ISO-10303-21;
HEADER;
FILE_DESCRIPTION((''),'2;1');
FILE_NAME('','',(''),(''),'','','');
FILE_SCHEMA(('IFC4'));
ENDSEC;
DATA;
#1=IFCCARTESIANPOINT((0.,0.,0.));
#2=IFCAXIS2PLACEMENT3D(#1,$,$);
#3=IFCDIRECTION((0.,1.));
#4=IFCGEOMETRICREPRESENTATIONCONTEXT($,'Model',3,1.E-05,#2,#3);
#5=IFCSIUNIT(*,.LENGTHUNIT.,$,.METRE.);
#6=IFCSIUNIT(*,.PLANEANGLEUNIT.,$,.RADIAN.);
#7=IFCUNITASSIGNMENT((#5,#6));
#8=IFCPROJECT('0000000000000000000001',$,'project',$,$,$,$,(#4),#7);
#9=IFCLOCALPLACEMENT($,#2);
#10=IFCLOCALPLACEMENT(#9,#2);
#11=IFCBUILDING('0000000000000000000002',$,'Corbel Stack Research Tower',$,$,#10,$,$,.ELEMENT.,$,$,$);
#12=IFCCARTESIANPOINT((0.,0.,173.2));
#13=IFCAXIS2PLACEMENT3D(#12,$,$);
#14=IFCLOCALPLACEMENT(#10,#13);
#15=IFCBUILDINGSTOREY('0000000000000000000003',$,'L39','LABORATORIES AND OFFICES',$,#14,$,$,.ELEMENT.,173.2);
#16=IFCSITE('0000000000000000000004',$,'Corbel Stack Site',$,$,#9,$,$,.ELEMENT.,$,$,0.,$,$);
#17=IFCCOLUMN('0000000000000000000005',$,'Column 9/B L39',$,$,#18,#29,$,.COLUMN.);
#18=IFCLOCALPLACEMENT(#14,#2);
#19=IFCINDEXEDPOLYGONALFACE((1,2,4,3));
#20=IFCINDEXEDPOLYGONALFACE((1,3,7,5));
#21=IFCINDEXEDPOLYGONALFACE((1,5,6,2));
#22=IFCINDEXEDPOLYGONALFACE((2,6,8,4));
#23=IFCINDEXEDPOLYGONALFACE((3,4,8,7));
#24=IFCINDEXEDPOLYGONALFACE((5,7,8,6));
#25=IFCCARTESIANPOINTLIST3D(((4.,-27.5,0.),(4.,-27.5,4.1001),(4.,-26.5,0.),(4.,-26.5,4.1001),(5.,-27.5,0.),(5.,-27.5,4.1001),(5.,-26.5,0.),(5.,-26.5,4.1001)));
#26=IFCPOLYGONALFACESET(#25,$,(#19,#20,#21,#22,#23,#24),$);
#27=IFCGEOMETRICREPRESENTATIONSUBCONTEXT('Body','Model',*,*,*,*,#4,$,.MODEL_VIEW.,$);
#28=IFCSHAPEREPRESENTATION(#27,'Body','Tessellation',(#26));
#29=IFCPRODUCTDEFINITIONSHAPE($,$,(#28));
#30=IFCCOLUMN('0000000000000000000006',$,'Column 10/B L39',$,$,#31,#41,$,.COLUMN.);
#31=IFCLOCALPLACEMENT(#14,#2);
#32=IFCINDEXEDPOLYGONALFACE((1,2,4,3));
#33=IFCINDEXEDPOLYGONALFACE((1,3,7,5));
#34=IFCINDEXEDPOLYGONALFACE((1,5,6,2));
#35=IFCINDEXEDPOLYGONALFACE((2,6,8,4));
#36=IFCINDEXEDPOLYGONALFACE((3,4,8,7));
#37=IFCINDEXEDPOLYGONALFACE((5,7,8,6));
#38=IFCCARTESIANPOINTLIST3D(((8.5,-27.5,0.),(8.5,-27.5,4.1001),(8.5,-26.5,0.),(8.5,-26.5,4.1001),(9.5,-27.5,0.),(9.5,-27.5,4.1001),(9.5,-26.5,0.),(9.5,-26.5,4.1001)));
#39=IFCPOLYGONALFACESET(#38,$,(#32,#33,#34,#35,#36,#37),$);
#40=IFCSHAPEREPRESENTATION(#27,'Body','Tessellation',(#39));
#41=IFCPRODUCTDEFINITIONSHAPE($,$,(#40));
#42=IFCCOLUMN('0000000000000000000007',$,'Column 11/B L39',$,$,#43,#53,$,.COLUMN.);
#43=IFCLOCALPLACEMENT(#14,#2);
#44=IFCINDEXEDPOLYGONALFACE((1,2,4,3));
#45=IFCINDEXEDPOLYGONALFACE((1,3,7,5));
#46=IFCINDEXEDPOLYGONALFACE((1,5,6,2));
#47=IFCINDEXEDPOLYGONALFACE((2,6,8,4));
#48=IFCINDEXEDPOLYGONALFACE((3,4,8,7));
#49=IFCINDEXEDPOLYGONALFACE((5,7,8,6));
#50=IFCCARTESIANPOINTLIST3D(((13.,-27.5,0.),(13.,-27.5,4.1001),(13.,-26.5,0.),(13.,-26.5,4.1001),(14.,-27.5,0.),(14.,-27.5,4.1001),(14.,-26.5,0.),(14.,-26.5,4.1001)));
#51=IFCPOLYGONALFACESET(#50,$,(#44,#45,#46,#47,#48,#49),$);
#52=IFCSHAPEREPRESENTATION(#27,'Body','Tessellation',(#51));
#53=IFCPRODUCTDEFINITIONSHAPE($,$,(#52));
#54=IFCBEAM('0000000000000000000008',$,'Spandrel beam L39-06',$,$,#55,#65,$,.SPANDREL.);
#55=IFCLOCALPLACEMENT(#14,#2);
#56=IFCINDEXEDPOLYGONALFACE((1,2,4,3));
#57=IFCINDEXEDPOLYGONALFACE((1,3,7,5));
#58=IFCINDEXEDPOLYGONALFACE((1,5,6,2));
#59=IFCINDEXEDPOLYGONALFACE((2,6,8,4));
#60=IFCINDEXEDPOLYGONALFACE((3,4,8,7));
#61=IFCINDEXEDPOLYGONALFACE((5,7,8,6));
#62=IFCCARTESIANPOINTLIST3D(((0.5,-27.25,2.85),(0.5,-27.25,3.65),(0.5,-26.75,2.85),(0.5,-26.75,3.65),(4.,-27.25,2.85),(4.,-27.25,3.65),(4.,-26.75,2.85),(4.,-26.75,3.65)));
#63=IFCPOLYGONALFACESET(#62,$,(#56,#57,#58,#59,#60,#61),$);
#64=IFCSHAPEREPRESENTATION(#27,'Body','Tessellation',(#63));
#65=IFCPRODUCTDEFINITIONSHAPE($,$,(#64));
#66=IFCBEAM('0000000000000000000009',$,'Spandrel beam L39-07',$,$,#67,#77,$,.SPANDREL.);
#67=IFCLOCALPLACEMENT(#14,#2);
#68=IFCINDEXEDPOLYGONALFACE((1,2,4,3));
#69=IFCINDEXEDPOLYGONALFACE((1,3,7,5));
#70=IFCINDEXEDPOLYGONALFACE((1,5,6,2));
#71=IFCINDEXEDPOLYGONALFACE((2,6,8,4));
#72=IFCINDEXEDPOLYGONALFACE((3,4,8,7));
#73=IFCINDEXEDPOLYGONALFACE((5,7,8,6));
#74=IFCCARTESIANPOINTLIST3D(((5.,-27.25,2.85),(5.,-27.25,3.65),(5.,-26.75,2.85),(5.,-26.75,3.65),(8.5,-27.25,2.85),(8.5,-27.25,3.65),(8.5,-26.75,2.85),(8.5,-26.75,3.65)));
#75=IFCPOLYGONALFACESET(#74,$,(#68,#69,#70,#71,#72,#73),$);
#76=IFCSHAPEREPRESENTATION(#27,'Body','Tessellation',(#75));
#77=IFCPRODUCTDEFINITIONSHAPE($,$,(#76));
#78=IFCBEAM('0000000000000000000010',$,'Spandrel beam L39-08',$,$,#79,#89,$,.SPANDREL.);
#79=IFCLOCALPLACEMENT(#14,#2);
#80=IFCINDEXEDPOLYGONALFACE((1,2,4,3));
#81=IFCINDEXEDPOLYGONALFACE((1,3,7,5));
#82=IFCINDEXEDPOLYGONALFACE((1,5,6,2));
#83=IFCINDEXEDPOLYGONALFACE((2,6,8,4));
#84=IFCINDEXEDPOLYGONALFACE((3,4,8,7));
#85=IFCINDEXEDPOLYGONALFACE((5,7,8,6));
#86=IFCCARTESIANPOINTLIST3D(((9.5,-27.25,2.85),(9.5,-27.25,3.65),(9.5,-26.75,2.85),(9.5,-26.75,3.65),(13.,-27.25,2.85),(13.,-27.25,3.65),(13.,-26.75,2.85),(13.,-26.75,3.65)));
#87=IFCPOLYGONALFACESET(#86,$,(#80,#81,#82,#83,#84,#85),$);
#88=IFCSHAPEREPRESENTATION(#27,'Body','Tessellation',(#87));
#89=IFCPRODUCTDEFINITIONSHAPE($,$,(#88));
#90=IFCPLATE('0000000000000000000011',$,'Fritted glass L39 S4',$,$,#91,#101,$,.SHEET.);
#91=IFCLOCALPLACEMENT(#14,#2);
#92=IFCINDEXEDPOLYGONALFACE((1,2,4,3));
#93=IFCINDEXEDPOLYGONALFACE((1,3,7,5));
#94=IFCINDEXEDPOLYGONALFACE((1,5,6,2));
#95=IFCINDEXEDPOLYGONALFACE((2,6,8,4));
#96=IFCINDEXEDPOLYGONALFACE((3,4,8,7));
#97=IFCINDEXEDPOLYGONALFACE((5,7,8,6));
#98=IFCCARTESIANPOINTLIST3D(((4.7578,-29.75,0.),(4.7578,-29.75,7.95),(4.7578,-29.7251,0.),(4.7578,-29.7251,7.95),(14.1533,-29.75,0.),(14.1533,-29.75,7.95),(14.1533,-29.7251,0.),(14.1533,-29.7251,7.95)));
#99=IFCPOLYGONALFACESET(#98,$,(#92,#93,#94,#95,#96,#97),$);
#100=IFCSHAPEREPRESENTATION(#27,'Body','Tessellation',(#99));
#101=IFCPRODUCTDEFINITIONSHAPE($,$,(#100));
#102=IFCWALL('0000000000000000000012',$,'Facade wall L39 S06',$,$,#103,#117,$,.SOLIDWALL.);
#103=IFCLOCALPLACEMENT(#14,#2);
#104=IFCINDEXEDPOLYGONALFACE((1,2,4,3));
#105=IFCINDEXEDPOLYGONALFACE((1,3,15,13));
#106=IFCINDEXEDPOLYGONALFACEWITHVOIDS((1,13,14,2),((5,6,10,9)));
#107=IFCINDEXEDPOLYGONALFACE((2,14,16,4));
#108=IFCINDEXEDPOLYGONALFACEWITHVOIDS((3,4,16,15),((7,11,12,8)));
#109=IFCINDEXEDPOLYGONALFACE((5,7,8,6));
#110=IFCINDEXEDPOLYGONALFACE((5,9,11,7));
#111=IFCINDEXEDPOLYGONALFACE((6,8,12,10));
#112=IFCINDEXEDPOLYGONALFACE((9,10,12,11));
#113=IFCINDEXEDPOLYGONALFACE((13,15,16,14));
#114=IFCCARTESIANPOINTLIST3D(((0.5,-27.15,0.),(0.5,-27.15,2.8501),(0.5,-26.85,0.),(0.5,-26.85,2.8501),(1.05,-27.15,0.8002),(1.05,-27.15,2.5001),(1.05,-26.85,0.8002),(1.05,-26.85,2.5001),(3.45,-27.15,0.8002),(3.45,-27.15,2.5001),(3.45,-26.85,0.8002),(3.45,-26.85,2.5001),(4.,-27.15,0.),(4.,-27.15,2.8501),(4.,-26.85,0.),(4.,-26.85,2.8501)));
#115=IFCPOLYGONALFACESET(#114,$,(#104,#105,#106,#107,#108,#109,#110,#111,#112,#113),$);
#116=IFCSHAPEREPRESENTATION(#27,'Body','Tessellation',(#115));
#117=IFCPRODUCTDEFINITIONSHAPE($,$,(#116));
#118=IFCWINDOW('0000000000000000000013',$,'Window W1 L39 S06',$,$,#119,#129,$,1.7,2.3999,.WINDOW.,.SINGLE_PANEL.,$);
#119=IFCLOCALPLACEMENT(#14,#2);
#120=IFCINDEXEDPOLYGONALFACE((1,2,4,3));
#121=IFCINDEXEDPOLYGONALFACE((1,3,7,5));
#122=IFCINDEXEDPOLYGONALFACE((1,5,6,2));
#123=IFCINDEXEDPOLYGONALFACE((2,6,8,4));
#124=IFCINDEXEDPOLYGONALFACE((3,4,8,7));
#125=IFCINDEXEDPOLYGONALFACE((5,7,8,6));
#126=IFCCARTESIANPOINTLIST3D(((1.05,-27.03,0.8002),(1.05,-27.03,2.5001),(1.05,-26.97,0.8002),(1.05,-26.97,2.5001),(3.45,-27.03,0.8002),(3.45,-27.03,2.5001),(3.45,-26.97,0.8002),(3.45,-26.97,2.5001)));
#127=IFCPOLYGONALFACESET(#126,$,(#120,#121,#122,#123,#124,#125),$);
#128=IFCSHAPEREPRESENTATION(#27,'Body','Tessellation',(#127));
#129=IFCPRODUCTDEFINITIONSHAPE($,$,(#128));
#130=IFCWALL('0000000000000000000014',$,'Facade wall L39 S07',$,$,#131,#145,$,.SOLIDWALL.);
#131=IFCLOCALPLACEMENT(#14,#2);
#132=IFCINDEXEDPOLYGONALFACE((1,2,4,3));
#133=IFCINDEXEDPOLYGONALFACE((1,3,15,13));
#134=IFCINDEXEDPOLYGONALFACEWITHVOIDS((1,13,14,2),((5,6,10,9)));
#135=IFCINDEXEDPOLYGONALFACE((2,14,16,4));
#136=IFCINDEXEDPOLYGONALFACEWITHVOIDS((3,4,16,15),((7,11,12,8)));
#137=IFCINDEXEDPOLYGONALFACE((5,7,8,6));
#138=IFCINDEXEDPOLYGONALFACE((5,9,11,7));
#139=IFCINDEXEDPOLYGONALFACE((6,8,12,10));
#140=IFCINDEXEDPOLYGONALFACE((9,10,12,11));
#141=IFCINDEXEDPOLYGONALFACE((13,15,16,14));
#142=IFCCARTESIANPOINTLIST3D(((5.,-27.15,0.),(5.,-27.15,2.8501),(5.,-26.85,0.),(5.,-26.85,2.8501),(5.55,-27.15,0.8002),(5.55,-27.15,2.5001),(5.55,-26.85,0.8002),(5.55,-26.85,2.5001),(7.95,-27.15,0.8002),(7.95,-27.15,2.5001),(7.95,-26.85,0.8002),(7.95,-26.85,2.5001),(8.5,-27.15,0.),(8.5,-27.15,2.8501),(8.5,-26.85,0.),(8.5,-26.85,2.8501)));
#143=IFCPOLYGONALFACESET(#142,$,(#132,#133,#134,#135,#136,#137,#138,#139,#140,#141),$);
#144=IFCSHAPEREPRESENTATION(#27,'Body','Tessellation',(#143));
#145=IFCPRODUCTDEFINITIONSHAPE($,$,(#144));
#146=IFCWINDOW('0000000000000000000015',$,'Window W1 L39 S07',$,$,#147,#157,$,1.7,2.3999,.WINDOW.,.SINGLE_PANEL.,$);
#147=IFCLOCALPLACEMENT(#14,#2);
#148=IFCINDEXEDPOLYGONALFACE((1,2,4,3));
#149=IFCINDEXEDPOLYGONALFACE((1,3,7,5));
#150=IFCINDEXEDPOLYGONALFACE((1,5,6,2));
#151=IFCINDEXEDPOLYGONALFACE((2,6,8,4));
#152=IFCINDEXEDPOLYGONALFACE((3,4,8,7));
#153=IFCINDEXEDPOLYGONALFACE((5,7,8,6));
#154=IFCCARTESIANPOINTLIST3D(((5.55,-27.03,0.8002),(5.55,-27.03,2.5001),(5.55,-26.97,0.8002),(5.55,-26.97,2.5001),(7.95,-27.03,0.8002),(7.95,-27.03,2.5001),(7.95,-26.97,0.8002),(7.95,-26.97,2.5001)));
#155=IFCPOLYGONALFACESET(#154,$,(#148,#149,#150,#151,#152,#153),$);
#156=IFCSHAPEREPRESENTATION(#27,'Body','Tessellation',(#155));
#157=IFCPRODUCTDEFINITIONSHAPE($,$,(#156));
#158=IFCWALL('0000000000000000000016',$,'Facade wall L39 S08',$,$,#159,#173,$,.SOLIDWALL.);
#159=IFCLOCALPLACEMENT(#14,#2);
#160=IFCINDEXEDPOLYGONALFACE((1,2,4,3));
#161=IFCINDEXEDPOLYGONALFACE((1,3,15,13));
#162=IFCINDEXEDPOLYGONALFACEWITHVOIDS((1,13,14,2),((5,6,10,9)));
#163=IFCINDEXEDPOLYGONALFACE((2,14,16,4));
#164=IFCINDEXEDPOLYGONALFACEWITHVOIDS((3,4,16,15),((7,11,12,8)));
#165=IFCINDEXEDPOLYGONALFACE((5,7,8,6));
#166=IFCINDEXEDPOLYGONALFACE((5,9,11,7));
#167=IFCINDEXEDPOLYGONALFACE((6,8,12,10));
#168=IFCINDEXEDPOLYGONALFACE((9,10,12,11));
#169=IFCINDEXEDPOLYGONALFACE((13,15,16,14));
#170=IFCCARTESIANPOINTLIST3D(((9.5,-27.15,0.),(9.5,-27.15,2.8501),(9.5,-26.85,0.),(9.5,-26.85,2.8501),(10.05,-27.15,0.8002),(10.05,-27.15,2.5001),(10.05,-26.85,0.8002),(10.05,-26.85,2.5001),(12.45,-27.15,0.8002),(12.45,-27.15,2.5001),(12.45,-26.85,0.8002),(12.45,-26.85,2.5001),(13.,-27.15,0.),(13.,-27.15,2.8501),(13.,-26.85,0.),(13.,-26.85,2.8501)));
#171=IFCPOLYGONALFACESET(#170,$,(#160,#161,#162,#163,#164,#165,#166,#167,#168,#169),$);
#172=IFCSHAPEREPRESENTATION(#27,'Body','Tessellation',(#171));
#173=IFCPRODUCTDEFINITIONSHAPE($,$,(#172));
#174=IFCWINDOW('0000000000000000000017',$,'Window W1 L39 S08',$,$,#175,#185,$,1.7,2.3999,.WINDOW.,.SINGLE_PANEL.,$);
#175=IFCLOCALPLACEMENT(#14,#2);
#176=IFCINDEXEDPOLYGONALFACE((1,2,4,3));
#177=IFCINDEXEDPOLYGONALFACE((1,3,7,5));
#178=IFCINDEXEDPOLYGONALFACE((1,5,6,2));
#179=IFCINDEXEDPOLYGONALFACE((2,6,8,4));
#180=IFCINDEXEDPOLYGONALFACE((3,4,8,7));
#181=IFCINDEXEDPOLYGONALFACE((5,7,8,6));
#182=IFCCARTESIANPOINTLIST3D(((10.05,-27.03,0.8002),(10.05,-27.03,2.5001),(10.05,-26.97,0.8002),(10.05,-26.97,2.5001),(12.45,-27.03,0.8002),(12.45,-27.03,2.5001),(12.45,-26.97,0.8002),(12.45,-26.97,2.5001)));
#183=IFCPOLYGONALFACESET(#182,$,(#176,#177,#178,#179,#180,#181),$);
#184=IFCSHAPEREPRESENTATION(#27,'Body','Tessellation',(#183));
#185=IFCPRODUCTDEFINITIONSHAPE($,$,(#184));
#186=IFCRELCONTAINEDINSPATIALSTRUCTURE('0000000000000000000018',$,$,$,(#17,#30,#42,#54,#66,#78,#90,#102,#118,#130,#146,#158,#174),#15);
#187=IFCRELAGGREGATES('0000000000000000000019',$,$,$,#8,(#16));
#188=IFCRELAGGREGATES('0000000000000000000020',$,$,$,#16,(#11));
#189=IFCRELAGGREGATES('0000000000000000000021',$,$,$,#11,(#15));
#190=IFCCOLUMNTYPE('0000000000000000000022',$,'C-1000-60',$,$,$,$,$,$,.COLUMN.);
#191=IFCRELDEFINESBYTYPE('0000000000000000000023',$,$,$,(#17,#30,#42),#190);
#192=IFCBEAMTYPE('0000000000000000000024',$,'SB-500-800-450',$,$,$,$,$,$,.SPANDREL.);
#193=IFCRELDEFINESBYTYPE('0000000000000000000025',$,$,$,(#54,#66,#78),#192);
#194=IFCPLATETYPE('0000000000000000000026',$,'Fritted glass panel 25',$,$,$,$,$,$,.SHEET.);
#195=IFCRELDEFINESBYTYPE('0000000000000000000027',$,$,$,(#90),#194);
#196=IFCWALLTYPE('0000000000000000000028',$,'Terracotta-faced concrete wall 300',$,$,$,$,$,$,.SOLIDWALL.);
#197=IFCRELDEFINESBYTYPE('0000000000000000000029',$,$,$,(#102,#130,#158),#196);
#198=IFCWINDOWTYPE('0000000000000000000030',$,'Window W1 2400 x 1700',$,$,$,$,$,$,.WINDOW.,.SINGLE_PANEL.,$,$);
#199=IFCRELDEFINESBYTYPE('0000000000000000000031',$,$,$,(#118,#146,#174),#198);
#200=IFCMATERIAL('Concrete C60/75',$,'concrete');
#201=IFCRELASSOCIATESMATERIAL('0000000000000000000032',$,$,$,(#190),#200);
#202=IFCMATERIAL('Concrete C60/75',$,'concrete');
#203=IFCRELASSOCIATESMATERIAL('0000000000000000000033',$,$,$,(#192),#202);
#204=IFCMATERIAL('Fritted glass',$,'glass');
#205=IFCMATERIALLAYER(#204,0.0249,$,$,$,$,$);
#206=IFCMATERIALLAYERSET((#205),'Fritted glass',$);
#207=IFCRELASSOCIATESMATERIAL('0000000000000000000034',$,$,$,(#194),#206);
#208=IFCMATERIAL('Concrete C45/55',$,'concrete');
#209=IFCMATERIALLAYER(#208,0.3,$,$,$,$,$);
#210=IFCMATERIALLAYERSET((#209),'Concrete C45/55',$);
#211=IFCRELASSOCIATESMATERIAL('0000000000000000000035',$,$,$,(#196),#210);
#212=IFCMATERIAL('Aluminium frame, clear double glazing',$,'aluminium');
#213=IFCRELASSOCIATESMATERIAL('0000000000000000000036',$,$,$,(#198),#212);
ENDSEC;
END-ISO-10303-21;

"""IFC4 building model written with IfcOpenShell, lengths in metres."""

from ifc_helpers import new_model, si_unit, direction, frame, frame_2d, origin, origin_2d, place, context, subcontext, project, spatial, rectangle, extrude, material, layer, layer_set, material_profile, profile_set, type_object, element, fill, save


model = new_model("IFC4")

# Units and contexts
model_context = context("Model", 3, precision=1e-05, world=origin(), true_north=direction((0.0, 1.0)))
body_context = subcontext(model_context, "Body", "Model", "MODEL_VIEW")
ifc_project = project(units=[si_unit("LENGTHUNIT", "METRE"), si_unit("PLANEANGLEUNIT", "RADIAN")], contexts=[model_context])

# Site, building, storey
site_placement = place(None, origin())
site = spatial("IfcSite", under=ifc_project, at=site_placement, Name="Corbel Stack Site", CompositionType="ELEMENT", RefElevation=0.0)
building_placement = place(site_placement, origin())
building = spatial("IfcBuilding", under=site, at=building_placement, Name="Corbel Stack Research Tower", CompositionType="ELEMENT")
storey_placement = place(building_placement, frame((0.0, 0.0, 173.2)))
storey = spatial("IfcBuildingStorey", under=building, at=storey_placement, Name="L39", Description="LABORATORIES AND OFFICES", CompositionType="ELEMENT", Elevation=173.2)

# Columns
ifc_material_1 = material(Name="Concrete C60/75", Category="concrete")
ifc_material_profile_1 = material_profile(ifc_material_1, rectangle(XDim=1.0, YDim=1.0, at=origin_2d()), Name="RC 1000 x 1000")
ifc_profile_set_1 = profile_set([ifc_material_profile_1], Name="Concrete C60/75")
column_type = type_object("IfcColumnType", Name="C-1000-60", PredefinedType="COLUMN", material=ifc_profile_set_1)
for number, where, z_axis, x_axis, name in (
    (1, (4.5, -27.0, 0.0), (0.0, 0.0, 1.0), (1.0, 0.0, 0.0), "Column 9/B L39"),
    (2, (9.0, -27.0, 0.0), (0.0, 0.0, 1.0), (1.0, 0.0, 0.0), "Column 10/B L39"),
    (3, (13.5, -27.0, 0.0), (0.0, 0.0, 1.0), (1.0, 0.0, 0.0), "Column 11/B L39"),
):
    element("IfcColumn", number, at=place(storey_placement, frame(where, z_axis=z_axis, x_axis=x_axis)), inside=storey, type_object=column_type, Name=name, PredefinedType="COLUMN", context=body_context, shape_type="SweptSolid", body=[
        extrude(rectangle(XDim=1.0, YDim=1.0, at=origin_2d()), origin(), (0.0, 0.0, 1.0), 4.1001),
    ])

# Beams
ifc_material_2 = material(Name="Concrete C60/75", Category="concrete")
ifc_material_profile_2 = material_profile(ifc_material_2, rectangle(XDim=0.5, YDim=0.8, at=origin_2d()), Name="RC 500 x 800")
ifc_profile_set_2 = profile_set([ifc_material_profile_2], Name="Concrete C60/75")
beam_type = type_object("IfcBeamType", Name="SB-500-800-450", PredefinedType="SPANDREL", material=ifc_profile_set_2)
for number, where, z_axis, x_axis, name in (
    (4, (0.5, -27.0, 3.25), (1.0, 0.0, 0.0), (0.0, 1.0, 0.0), "Spandrel beam L39-06"),
    (5, (5.0, -27.0, 3.25), (1.0, 0.0, 0.0), (0.0, 1.0, 0.0), "Spandrel beam L39-07"),
    (6, (9.5, -27.0, 3.25), (1.0, 0.0, 0.0), (0.0, 1.0, 0.0), "Spandrel beam L39-08"),
):
    element("IfcBeam", number, at=place(storey_placement, frame(where, z_axis=z_axis, x_axis=x_axis)), inside=storey, type_object=beam_type, Name=name, PredefinedType="SPANDREL", context=body_context, shape_type="SweptSolid", body=[
        extrude(rectangle(XDim=0.5, YDim=0.8, at=origin_2d()), origin(), (0.0, 0.0, 1.0), 3.5),
    ])

# Plate
ifc_material_3 = material(Name="Fritted glass", Category="glass")
ifc_layer_1 = layer(ifc_material_3, 0.0249)
ifc_layer_set_1 = layer_set([ifc_layer_1], Name="Fritted glass")
plate_type = type_object("IfcPlateType", Name="Fritted glass panel 25", PredefinedType="SHEET", material=ifc_layer_set_1)
plate_placement = place(storey_placement, frame((9.4556, -29.7375, 0.0), z_axis=(0.0, 0.0, 1.0), x_axis=(1.0, 0.0, 0.0)))
element("IfcPlate", 7, at=plate_placement, inside=storey, type_object=plate_type, Name="Fritted glass L39 S4", PredefinedType="SHEET", context=body_context, shape_type="SweptSolid", body=[
    extrude(rectangle(XDim=9.3955, YDim=0.0249, at=origin_2d()), origin(), (0.0, 0.0, 1.0), 7.95),
])

# Walls, openings, windows
ifc_material_4 = material(Name="Concrete C45/55", Category="concrete")
ifc_layer_2 = layer(ifc_material_4, 0.3)
ifc_layer_set_2 = layer_set([ifc_layer_2], Name="Concrete C45/55")
wall_type = type_object("IfcWallType", Name="Terracotta-faced concrete wall 300", PredefinedType="SOLIDWALL", material=ifc_layer_set_2)
wall_1_placement = place(storey_placement, frame((4.0, -27.0, 0.0), z_axis=(0.0, 0.0, 1.0), x_axis=(-1.0, 0.0, 0.0)))
wall_1 = element("IfcWall", 8, at=wall_1_placement, inside=storey, type_object=wall_type, Name="Facade wall L39 S06", PredefinedType="SOLIDWALL", context=body_context, shape_type="SweptSolid", body=[
    extrude(rectangle(XDim=3.5, YDim=0.3, at=frame_2d((1.75, 0.0))), origin(), (0.0, 0.0, 1.0), 2.8501),
])
opening_1_placement = place(wall_1_placement, frame((0.55, 0.0, 0.8)))
opening_1 = element("IfcOpeningElement", 9, at=opening_1_placement, cuts=wall_1, PredefinedType="OPENING", context=body_context, shape_type="SweptSolid", body=[
    extrude(rectangle(XDim=2.3999, YDim=1.7, at=frame_2d((1.2, 0.8501))), frame((0.0, 0.1599, 0.0), z_axis=(0.0, -1.0, 0.0), x_axis=(1.0, 0.0, 0.0)), (0.0, 0.0, 1.0), 0.3201),
])
ifc_material_5 = material(Name="Aluminium frame, clear double glazing", Category="aluminium")
window_type = type_object("IfcWindowType", Name="Window W1 2400 x 1700", PartitioningType="SINGLE_PANEL", PredefinedType="WINDOW", material=ifc_material_5)
window_1_placement = place(opening_1_placement, origin())
window_1 = element("IfcWindow", 10, at=window_1_placement, inside=storey, type_object=window_type, Name="Window W1 L39 S06", OverallHeight=1.7, OverallWidth=2.3999, PartitioningType="SINGLE_PANEL", PredefinedType="WINDOW", context=body_context, shape_type="SweptSolid", body=[
    extrude(rectangle(XDim=2.3999, YDim=1.7, at=frame_2d((1.2, 0.8501))), frame((0.0, 0.03, 0.0), z_axis=(0.0, -1.0, 0.0), x_axis=(1.0, 0.0, 0.0)), (0.0, 0.0, 1.0), 0.0601),
])
fill(opening_1, window_1)
wall_2_placement = place(storey_placement, frame((8.5, -27.0, 0.0), z_axis=(0.0, 0.0, 1.0), x_axis=(-1.0, 0.0, 0.0)))
wall_2 = element("IfcWall", 11, at=wall_2_placement, inside=storey, type_object=wall_type, Name="Facade wall L39 S07", PredefinedType="SOLIDWALL", context=body_context, shape_type="SweptSolid", body=[
    extrude(rectangle(XDim=3.5, YDim=0.3, at=frame_2d((1.75, 0.0))), origin(), (0.0, 0.0, 1.0), 2.8501),
])
opening_2_placement = place(wall_2_placement, frame((0.55, 0.0, 0.8)))
opening_2 = element("IfcOpeningElement", 12, at=opening_2_placement, cuts=wall_2, PredefinedType="OPENING", context=body_context, shape_type="SweptSolid", body=[
    extrude(rectangle(XDim=2.3999, YDim=1.7, at=frame_2d((1.2, 0.8501))), frame((0.0, 0.1599, 0.0), z_axis=(0.0, -1.0, 0.0), x_axis=(1.0, 0.0, 0.0)), (0.0, 0.0, 1.0), 0.3201),
])
window_2_placement = place(opening_2_placement, origin())
window_2 = element("IfcWindow", 13, at=window_2_placement, inside=storey, type_object=window_type, Name="Window W1 L39 S07", OverallHeight=1.7, OverallWidth=2.3999, PartitioningType="SINGLE_PANEL", PredefinedType="WINDOW", context=body_context, shape_type="SweptSolid", body=[
    extrude(rectangle(XDim=2.3999, YDim=1.7, at=frame_2d((1.2, 0.8501))), frame((0.0, 0.03, 0.0), z_axis=(0.0, -1.0, 0.0), x_axis=(1.0, 0.0, 0.0)), (0.0, 0.0, 1.0), 0.0601),
])
fill(opening_2, window_2)
wall_3_placement = place(storey_placement, frame((13.0, -27.0, 0.0), z_axis=(0.0, 0.0, 1.0), x_axis=(-1.0, 0.0, 0.0)))
wall_3 = element("IfcWall", 14, at=wall_3_placement, inside=storey, type_object=wall_type, Name="Facade wall L39 S08", PredefinedType="SOLIDWALL", context=body_context, shape_type="SweptSolid", body=[
    extrude(rectangle(XDim=3.5, YDim=0.3, at=frame_2d((1.75, 0.0))), origin(), (0.0, 0.0, 1.0), 2.8501),
])
opening_3_placement = place(wall_3_placement, frame((0.55, 0.0, 0.8)))
opening_3 = element("IfcOpeningElement", 15, at=opening_3_placement, cuts=wall_3, PredefinedType="OPENING", context=body_context, shape_type="SweptSolid", body=[
    extrude(rectangle(XDim=2.3999, YDim=1.7, at=frame_2d((1.2, 0.8501))), frame((0.0, 0.1599, 0.0), z_axis=(0.0, -1.0, 0.0), x_axis=(1.0, 0.0, 0.0)), (0.0, 0.0, 1.0), 0.3201),
])
window_3_placement = place(opening_3_placement, origin())
window_3 = element("IfcWindow", 16, at=window_3_placement, inside=storey, type_object=window_type, Name="Window W1 L39 S08", OverallHeight=1.7, OverallWidth=2.3999, PartitioningType="SINGLE_PANEL", PredefinedType="WINDOW", context=body_context, shape_type="SweptSolid", body=[
    extrude(rectangle(XDim=2.3999, YDim=1.7, at=frame_2d((1.2, 0.8501))), frame((0.0, 0.03, 0.0), z_axis=(0.0, -1.0, 0.0), x_axis=(1.0, 0.0, 0.0)), (0.0, 0.0, 1.0), 0.0601),
])
fill(opening_3, window_3)

save(model, "model.ifc")
